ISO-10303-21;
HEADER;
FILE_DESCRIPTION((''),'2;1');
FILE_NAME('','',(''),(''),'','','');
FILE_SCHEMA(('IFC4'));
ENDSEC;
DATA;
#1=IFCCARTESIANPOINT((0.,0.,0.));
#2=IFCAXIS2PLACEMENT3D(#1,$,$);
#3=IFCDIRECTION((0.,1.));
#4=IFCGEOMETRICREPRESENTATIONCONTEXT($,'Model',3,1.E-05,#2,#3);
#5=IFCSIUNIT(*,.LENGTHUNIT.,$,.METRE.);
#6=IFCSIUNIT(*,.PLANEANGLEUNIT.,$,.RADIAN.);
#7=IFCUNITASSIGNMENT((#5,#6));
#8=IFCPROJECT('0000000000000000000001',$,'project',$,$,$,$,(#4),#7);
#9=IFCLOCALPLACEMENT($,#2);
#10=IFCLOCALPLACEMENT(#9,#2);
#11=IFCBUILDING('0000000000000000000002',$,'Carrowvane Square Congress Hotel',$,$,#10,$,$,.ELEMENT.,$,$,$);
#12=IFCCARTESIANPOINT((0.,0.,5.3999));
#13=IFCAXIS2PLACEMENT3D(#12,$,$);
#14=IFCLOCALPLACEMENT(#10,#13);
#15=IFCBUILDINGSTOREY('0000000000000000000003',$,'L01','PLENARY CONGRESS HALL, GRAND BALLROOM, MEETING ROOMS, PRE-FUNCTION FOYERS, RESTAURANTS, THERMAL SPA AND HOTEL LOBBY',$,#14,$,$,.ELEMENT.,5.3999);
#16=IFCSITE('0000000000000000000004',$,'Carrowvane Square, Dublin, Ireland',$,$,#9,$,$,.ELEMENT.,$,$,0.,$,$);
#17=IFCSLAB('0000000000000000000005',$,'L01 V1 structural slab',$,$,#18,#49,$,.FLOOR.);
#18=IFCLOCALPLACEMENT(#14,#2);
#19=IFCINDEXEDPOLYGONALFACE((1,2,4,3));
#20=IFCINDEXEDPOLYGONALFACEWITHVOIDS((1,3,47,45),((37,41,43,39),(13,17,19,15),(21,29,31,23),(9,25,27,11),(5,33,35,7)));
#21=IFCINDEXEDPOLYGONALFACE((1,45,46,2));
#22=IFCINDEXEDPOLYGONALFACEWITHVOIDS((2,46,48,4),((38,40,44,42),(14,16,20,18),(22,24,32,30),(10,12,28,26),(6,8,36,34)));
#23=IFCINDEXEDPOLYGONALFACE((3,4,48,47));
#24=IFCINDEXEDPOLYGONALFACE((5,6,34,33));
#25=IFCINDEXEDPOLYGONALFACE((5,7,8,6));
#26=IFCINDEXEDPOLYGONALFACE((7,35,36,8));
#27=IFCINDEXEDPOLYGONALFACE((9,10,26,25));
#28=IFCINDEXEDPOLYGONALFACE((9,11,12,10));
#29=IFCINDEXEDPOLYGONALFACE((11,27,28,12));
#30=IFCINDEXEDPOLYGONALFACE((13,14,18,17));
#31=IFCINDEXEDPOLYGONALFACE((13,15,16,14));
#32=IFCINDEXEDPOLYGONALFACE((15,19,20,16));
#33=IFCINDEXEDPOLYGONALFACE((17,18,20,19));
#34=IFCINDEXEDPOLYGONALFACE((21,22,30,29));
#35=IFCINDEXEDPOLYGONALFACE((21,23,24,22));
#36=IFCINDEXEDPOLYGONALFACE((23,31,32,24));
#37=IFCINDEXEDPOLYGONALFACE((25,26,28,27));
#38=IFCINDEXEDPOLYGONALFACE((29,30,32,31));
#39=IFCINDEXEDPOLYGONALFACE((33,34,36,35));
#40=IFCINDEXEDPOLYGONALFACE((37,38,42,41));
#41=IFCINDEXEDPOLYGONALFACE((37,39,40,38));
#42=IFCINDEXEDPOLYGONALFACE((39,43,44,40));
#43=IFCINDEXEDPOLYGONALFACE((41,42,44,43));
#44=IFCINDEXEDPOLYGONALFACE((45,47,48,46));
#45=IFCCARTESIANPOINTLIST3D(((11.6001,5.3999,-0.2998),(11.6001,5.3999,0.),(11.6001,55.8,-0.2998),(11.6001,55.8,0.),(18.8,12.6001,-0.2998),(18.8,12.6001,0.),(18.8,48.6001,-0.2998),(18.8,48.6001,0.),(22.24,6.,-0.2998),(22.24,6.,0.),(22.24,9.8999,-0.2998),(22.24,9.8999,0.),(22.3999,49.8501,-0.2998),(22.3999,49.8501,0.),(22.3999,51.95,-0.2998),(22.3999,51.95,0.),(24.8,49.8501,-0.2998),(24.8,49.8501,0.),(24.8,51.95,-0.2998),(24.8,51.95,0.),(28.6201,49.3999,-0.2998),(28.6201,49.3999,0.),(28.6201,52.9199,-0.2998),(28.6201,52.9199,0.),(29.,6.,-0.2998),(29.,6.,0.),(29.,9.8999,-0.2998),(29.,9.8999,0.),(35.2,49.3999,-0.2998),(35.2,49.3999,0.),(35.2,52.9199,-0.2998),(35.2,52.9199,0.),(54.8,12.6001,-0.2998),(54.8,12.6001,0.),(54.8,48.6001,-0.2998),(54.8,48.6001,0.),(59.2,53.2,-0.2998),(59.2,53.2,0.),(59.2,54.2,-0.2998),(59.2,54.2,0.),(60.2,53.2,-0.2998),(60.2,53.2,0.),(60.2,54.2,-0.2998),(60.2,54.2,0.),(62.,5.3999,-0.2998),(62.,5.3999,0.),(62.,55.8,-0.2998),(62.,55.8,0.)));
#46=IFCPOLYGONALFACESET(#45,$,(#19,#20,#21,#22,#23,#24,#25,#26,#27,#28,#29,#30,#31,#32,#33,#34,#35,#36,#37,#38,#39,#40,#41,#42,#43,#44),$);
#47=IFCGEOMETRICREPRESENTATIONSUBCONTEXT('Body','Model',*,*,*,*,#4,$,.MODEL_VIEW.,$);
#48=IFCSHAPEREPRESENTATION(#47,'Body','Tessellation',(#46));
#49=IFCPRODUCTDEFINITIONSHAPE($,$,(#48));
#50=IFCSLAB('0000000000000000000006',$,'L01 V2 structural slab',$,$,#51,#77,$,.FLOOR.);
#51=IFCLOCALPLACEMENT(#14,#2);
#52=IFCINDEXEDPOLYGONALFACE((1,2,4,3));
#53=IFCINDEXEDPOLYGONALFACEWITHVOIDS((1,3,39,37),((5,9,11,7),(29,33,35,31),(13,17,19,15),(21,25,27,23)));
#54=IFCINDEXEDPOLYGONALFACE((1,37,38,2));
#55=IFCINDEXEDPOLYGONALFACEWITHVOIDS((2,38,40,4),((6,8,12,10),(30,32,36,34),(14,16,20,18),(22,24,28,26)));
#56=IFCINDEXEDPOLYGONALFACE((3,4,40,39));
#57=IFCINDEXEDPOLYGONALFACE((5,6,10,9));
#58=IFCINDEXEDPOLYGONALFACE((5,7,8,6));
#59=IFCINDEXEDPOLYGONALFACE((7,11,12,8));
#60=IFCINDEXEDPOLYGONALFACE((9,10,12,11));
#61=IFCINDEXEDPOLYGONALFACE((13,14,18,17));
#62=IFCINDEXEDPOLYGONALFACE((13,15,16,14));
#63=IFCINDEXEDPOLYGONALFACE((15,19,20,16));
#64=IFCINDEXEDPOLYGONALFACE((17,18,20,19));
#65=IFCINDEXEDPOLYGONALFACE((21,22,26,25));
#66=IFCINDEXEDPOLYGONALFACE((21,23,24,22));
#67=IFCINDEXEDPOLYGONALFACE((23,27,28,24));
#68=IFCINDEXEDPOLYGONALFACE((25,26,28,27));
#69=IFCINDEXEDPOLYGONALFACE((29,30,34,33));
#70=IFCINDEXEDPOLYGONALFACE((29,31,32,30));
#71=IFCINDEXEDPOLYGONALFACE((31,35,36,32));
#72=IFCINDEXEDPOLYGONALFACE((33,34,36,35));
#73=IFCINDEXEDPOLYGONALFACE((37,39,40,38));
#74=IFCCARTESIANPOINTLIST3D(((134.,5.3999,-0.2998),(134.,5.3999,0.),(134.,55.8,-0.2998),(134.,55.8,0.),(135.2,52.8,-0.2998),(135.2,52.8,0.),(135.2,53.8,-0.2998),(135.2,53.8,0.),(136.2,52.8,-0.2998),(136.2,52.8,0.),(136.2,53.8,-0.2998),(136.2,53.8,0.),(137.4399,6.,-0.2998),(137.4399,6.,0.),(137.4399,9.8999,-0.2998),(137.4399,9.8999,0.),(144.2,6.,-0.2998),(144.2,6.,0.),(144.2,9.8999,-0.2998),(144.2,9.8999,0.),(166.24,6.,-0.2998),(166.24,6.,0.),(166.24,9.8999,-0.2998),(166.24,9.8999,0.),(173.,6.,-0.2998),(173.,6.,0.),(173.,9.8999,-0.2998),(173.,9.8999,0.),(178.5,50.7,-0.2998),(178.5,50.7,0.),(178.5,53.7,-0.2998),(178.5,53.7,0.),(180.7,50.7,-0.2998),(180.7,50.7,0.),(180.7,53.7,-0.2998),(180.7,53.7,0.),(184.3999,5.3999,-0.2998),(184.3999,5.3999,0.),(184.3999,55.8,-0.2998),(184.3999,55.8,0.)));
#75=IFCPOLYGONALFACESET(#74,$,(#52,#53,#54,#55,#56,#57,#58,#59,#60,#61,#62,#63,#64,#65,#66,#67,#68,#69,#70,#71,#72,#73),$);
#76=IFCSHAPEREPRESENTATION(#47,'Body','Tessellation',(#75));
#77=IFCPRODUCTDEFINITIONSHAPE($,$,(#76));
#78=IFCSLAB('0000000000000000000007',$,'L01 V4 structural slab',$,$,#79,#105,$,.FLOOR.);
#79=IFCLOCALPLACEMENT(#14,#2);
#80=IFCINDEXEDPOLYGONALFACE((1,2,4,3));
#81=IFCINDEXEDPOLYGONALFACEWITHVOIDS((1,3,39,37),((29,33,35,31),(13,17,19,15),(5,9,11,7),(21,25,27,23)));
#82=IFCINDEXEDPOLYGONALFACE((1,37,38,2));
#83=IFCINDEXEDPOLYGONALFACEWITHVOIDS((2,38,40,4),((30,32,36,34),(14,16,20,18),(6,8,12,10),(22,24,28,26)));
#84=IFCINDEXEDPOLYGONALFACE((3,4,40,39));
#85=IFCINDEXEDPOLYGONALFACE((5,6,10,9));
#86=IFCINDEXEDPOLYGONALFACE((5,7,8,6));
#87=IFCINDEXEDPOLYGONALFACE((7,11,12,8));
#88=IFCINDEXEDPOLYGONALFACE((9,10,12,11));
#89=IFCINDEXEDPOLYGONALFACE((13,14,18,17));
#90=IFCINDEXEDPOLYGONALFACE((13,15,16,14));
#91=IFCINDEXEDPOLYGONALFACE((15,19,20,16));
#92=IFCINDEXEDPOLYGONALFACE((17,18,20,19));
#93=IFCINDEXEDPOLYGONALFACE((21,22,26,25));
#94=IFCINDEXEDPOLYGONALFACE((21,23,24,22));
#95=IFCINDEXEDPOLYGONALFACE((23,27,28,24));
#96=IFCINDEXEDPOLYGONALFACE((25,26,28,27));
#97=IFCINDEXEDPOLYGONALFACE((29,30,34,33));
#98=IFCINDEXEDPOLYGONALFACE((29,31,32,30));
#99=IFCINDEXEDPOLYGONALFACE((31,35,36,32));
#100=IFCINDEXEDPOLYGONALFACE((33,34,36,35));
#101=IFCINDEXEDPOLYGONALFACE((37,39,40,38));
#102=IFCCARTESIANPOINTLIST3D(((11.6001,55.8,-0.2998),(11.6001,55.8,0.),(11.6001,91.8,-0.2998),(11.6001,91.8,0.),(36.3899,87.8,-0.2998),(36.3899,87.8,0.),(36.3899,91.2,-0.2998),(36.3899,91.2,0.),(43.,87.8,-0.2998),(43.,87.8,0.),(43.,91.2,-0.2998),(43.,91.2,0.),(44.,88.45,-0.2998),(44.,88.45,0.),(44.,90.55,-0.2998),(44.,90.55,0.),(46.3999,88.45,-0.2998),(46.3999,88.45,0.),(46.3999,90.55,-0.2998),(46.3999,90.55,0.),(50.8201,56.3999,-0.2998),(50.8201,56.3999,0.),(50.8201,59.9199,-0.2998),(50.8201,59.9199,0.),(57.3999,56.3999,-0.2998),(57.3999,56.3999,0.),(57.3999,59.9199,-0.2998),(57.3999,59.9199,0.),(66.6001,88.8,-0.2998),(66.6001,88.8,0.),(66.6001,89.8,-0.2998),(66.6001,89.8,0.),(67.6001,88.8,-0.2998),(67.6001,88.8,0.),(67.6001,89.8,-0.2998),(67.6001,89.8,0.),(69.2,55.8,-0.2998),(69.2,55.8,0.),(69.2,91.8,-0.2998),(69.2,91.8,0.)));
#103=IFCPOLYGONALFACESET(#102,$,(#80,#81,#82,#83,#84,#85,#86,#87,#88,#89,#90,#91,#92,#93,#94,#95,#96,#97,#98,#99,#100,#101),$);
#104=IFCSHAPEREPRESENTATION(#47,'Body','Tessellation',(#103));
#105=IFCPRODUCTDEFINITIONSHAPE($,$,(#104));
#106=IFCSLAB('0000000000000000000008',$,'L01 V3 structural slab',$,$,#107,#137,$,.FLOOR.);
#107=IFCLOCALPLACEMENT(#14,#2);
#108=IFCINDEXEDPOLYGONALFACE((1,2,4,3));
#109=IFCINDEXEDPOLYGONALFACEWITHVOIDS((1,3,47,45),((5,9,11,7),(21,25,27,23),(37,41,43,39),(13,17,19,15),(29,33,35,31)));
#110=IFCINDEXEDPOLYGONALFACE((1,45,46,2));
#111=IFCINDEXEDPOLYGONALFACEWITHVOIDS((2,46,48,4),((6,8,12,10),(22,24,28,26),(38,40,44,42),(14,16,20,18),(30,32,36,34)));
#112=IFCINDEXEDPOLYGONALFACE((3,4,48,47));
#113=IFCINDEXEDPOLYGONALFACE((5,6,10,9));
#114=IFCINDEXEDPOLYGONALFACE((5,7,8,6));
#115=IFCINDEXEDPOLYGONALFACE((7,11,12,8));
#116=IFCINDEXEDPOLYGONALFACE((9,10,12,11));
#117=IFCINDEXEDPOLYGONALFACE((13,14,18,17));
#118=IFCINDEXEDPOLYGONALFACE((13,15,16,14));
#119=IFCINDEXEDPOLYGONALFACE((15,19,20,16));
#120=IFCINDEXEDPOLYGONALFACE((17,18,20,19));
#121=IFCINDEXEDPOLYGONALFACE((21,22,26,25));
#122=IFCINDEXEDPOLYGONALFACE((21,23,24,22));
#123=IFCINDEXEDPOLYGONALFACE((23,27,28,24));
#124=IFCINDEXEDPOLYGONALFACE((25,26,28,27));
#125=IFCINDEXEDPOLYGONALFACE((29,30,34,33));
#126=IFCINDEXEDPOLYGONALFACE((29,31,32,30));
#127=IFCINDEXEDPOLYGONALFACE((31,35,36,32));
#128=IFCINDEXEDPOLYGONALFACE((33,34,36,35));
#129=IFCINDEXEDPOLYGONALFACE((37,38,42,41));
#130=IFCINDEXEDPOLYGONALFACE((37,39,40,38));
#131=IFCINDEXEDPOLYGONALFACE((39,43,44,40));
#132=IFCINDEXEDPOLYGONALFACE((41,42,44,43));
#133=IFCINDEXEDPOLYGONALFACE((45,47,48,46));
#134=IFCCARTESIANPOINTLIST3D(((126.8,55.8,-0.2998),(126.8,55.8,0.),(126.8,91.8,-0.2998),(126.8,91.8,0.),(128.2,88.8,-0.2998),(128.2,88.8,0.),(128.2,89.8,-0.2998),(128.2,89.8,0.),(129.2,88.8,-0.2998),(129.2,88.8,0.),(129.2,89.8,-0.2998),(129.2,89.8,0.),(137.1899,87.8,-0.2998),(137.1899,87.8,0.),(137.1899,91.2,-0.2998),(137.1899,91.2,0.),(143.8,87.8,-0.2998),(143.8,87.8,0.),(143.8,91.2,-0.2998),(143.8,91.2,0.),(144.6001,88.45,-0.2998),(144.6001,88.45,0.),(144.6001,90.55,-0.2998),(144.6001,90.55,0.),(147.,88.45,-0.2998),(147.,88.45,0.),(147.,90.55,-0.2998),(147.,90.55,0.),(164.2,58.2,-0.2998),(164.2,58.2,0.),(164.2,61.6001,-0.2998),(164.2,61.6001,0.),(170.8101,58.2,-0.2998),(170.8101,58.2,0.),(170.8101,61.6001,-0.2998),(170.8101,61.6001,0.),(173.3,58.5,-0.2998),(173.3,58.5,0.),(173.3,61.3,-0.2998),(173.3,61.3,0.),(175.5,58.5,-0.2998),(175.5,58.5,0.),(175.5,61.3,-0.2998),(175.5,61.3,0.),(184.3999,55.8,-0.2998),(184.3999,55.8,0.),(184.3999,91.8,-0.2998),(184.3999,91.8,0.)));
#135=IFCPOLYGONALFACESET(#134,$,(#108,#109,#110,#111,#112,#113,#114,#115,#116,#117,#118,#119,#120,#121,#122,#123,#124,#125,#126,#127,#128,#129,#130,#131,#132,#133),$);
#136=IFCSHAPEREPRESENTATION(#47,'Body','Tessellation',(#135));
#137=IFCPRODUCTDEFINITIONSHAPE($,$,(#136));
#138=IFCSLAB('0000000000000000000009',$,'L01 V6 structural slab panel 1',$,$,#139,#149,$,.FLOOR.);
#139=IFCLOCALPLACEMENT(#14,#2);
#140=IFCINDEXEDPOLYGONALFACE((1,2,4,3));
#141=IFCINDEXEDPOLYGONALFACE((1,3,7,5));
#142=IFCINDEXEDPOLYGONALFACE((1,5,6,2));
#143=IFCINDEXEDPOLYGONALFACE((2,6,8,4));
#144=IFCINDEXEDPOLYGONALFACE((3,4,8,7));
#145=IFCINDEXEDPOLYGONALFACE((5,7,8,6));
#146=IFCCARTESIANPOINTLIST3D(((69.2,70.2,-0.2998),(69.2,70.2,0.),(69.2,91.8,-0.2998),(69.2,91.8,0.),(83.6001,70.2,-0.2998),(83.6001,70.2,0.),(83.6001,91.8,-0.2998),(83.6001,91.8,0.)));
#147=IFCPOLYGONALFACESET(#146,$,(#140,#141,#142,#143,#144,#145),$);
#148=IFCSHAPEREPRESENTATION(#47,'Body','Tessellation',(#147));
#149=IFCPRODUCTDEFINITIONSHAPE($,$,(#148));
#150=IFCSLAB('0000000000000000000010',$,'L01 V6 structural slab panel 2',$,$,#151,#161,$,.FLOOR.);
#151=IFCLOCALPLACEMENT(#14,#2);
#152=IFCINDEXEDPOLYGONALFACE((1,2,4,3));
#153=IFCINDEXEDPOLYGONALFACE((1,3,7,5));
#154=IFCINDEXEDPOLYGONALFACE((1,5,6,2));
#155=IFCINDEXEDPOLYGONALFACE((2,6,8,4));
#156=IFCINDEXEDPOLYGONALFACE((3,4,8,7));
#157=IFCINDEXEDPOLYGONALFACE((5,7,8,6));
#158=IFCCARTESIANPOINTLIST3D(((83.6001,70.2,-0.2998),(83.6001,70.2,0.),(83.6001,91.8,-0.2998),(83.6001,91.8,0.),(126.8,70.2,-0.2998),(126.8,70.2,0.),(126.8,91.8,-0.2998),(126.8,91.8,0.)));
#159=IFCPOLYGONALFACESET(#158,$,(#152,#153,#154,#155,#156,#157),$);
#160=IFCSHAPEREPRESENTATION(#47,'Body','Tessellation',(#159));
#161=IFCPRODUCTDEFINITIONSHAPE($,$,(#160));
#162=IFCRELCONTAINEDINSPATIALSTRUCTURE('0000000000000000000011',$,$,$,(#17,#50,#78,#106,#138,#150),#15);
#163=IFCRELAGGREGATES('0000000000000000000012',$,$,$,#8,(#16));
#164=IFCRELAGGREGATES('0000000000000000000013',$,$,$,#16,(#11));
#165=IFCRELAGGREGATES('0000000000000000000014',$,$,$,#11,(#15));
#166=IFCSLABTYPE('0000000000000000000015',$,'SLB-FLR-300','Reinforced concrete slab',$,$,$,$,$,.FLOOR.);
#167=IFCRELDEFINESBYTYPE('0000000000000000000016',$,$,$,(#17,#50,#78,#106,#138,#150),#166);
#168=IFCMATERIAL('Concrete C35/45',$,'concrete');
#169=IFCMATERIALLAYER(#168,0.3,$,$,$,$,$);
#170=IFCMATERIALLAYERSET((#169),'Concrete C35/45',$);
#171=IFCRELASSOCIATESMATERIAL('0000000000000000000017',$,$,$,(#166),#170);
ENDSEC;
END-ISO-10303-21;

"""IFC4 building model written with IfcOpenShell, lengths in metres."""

from ifc_helpers import new_model, si_unit, direction, frame, origin, place, context, subcontext, project, spatial, polyline, outline, extrude, material, layer, layer_set, type_object, element, save


model = new_model("IFC4")

# Units and contexts
model_context = context("Model", 3, precision=1e-05, world=origin(), true_north=direction((0.0, 1.0)))
body_context = subcontext(model_context, "Body", "Model", "MODEL_VIEW")
ifc_project = project(units=[si_unit("LENGTHUNIT", "METRE"), si_unit("PLANEANGLEUNIT", "RADIAN")], contexts=[model_context])

# Site, building, storey
site_placement = place(None, origin())
site = spatial("IfcSite", under=ifc_project, at=site_placement, Name="Carrowvane Square, Dublin, Ireland", CompositionType="ELEMENT", RefElevation=0.0)
building_placement = place(site_placement, origin())
building = spatial("IfcBuilding", under=site, at=building_placement, Name="Carrowvane Square Congress Hotel", CompositionType="ELEMENT")
storey_placement = place(building_placement, frame((0.0, 0.0, 5.3999)))
storey = spatial("IfcBuildingStorey", under=building, at=storey_placement, Name="L01", Description="PLENARY CONGRESS HALL, GRAND BALLROOM, MEETING ROOMS, PRE-FUNCTION FOYERS, RESTAURANTS, THERMAL SPA AND HOTEL LOBBY", CompositionType="ELEMENT", Elevation=5.3999)

# Slabs
ifc_material_1 = material(Name="Concrete C35/45", Category="concrete")
ifc_layer_1 = layer(ifc_material_1, 0.3)
ifc_layer_set_1 = layer_set([ifc_layer_1], Name="Concrete C35/45")
slab_type_1 = type_object("IfcSlabType", Name="SLB-FLR-300", Description="Reinforced concrete slab", PredefinedType="FLOOR", material=ifc_layer_set_1)
slab_1_placement = place(storey_placement, frame((0.0, 0.0, -0.2998)))
element("IfcSlab", 1, at=slab_1_placement, inside=storey, type_object=slab_type_1, Name="L01 V1 structural slab", PredefinedType="FLOOR", context=body_context, shape_type="SweptSolid", body=[
    extrude(outline(polyline([(11.6001, 5.3999), (62.0, 5.3999), (62.0, 55.8), (11.6001, 55.8), (11.6001, 5.3999)]), holes=[polyline([(28.6201, 49.3999), (35.2, 49.3999), (35.2, 52.9199), (28.6201, 52.9199), (28.6201, 49.3999)]), polyline([(22.24, 6.0), (29.0, 6.0), (29.0, 9.8999), (22.24, 9.8999), (22.24, 6.0)]), polyline([(59.2, 53.2), (60.2, 53.2), (60.2, 54.2), (59.2, 54.2), (59.2, 53.2)]), polyline([(22.3999, 49.8501), (24.8, 49.8501), (24.8, 51.95), (22.3999, 51.95), (22.3999, 49.8501)]), polyline([(18.8, 12.6001), (54.8, 12.6001), (54.8, 48.6001), (18.8, 48.6001), (18.8, 12.6001)])]), origin(), (0.0, 0.0, 1.0), 0.2998),
])
slab_2_placement = place(storey_placement, frame((0.0, 0.0, -0.2998)))
element("IfcSlab", 2, at=slab_2_placement, inside=storey, type_object=slab_type_1, Name="L01 V2 structural slab", PredefinedType="FLOOR", context=body_context, shape_type="SweptSolid", body=[
    extrude(outline(polyline([(134.0, 5.3999), (184.3999, 5.3999), (184.3999, 55.8), (134.0, 55.8), (134.0, 5.3999)]), holes=[polyline([(137.4399, 6.0), (144.2, 6.0), (144.2, 9.8999), (137.4399, 9.8999), (137.4399, 6.0)]), polyline([(166.24, 6.0), (173.0, 6.0), (173.0, 9.8999), (166.24, 9.8999), (166.24, 6.0)]), polyline([(135.2, 52.8), (136.2, 52.8), (136.2, 53.8), (135.2, 53.8), (135.2, 52.8)]), polyline([(178.5, 50.7), (180.7, 50.7), (180.7, 53.7), (178.5, 53.7), (178.5, 50.7)])]), origin(), (0.0, 0.0, 1.0), 0.2998),
])
slab_3_placement = place(storey_placement, frame((0.0, 0.0, -0.2998)))
element("IfcSlab", 3, at=slab_3_placement, inside=storey, type_object=slab_type_1, Name="L01 V4 structural slab", PredefinedType="FLOOR", context=body_context, shape_type="SweptSolid", body=[
    extrude(outline(polyline([(11.6001, 55.8), (69.2, 55.8), (69.2, 91.8), (11.6001, 91.8), (11.6001, 55.8)]), holes=[polyline([(36.3899, 87.8), (43.0, 87.8), (43.0, 91.2), (36.3899, 91.2), (36.3899, 87.8)]), polyline([(50.8201, 56.3999), (57.3999, 56.3999), (57.3999, 59.9199), (50.8201, 59.9199), (50.8201, 56.3999)]), polyline([(66.6001, 88.8), (67.6001, 88.8), (67.6001, 89.8), (66.6001, 89.8), (66.6001, 88.8)]), polyline([(44.0, 88.45), (46.3999, 88.45), (46.3999, 90.55), (44.0, 90.55), (44.0, 88.45)])]), origin(), (0.0, 0.0, 1.0), 0.2998),
])
slab_4_placement = place(storey_placement, frame((0.0, 0.0, -0.2998)))
element("IfcSlab", 4, at=slab_4_placement, inside=storey, type_object=slab_type_1, Name="L01 V3 structural slab", PredefinedType="FLOOR", context=body_context, shape_type="SweptSolid", body=[
    extrude(outline(polyline([(126.8, 55.8), (184.3999, 55.8), (184.3999, 91.8), (126.8, 91.8), (126.8, 55.8)]), holes=[polyline([(170.8101, 61.6001), (164.2, 61.6001), (164.2, 58.2), (170.8101, 58.2), (170.8101, 61.6001)]), polyline([(137.1899, 87.8), (143.8, 87.8), (143.8, 91.2), (137.1899, 91.2), (137.1899, 87.8)]), polyline([(128.2, 88.8), (129.2, 88.8), (129.2, 89.8), (128.2, 89.8), (128.2, 88.8)]), polyline([(173.3, 58.5), (175.5, 58.5), (175.5, 61.3), (173.3, 61.3), (173.3, 58.5)]), polyline([(144.6001, 88.45), (147.0, 88.45), (147.0, 90.55), (144.6001, 90.55), (144.6001, 88.45)])]), origin(), (0.0, 0.0, 1.0), 0.2998),
])
slab_5_placement = place(storey_placement, frame((0.0, 0.0, -0.2998)))
element("IfcSlab", 5, at=slab_5_placement, inside=storey, type_object=slab_type_1, Name="L01 V6 structural slab panel 1", PredefinedType="FLOOR", context=body_context, shape_type="SweptSolid", body=[
    extrude(outline(polyline([(69.2, 70.2), (83.6001, 70.2), (83.6001, 91.8), (69.2, 91.8), (69.2, 70.2)])), origin(), (0.0, 0.0, 1.0), 0.2998),
])
slab_6_placement = place(storey_placement, frame((0.0, 0.0, -0.2998)))
element("IfcSlab", 6, at=slab_6_placement, inside=storey, type_object=slab_type_1, Name="L01 V6 structural slab panel 2", PredefinedType="FLOOR", context=body_context, shape_type="SweptSolid", body=[
    extrude(outline(polyline([(83.6001, 70.2), (126.8, 70.2), (126.8, 91.8), (83.6001, 91.8), (83.6001, 70.2)])), origin(), (0.0, 0.0, 1.0), 0.2998),
])

save(model, "model.ifc")
